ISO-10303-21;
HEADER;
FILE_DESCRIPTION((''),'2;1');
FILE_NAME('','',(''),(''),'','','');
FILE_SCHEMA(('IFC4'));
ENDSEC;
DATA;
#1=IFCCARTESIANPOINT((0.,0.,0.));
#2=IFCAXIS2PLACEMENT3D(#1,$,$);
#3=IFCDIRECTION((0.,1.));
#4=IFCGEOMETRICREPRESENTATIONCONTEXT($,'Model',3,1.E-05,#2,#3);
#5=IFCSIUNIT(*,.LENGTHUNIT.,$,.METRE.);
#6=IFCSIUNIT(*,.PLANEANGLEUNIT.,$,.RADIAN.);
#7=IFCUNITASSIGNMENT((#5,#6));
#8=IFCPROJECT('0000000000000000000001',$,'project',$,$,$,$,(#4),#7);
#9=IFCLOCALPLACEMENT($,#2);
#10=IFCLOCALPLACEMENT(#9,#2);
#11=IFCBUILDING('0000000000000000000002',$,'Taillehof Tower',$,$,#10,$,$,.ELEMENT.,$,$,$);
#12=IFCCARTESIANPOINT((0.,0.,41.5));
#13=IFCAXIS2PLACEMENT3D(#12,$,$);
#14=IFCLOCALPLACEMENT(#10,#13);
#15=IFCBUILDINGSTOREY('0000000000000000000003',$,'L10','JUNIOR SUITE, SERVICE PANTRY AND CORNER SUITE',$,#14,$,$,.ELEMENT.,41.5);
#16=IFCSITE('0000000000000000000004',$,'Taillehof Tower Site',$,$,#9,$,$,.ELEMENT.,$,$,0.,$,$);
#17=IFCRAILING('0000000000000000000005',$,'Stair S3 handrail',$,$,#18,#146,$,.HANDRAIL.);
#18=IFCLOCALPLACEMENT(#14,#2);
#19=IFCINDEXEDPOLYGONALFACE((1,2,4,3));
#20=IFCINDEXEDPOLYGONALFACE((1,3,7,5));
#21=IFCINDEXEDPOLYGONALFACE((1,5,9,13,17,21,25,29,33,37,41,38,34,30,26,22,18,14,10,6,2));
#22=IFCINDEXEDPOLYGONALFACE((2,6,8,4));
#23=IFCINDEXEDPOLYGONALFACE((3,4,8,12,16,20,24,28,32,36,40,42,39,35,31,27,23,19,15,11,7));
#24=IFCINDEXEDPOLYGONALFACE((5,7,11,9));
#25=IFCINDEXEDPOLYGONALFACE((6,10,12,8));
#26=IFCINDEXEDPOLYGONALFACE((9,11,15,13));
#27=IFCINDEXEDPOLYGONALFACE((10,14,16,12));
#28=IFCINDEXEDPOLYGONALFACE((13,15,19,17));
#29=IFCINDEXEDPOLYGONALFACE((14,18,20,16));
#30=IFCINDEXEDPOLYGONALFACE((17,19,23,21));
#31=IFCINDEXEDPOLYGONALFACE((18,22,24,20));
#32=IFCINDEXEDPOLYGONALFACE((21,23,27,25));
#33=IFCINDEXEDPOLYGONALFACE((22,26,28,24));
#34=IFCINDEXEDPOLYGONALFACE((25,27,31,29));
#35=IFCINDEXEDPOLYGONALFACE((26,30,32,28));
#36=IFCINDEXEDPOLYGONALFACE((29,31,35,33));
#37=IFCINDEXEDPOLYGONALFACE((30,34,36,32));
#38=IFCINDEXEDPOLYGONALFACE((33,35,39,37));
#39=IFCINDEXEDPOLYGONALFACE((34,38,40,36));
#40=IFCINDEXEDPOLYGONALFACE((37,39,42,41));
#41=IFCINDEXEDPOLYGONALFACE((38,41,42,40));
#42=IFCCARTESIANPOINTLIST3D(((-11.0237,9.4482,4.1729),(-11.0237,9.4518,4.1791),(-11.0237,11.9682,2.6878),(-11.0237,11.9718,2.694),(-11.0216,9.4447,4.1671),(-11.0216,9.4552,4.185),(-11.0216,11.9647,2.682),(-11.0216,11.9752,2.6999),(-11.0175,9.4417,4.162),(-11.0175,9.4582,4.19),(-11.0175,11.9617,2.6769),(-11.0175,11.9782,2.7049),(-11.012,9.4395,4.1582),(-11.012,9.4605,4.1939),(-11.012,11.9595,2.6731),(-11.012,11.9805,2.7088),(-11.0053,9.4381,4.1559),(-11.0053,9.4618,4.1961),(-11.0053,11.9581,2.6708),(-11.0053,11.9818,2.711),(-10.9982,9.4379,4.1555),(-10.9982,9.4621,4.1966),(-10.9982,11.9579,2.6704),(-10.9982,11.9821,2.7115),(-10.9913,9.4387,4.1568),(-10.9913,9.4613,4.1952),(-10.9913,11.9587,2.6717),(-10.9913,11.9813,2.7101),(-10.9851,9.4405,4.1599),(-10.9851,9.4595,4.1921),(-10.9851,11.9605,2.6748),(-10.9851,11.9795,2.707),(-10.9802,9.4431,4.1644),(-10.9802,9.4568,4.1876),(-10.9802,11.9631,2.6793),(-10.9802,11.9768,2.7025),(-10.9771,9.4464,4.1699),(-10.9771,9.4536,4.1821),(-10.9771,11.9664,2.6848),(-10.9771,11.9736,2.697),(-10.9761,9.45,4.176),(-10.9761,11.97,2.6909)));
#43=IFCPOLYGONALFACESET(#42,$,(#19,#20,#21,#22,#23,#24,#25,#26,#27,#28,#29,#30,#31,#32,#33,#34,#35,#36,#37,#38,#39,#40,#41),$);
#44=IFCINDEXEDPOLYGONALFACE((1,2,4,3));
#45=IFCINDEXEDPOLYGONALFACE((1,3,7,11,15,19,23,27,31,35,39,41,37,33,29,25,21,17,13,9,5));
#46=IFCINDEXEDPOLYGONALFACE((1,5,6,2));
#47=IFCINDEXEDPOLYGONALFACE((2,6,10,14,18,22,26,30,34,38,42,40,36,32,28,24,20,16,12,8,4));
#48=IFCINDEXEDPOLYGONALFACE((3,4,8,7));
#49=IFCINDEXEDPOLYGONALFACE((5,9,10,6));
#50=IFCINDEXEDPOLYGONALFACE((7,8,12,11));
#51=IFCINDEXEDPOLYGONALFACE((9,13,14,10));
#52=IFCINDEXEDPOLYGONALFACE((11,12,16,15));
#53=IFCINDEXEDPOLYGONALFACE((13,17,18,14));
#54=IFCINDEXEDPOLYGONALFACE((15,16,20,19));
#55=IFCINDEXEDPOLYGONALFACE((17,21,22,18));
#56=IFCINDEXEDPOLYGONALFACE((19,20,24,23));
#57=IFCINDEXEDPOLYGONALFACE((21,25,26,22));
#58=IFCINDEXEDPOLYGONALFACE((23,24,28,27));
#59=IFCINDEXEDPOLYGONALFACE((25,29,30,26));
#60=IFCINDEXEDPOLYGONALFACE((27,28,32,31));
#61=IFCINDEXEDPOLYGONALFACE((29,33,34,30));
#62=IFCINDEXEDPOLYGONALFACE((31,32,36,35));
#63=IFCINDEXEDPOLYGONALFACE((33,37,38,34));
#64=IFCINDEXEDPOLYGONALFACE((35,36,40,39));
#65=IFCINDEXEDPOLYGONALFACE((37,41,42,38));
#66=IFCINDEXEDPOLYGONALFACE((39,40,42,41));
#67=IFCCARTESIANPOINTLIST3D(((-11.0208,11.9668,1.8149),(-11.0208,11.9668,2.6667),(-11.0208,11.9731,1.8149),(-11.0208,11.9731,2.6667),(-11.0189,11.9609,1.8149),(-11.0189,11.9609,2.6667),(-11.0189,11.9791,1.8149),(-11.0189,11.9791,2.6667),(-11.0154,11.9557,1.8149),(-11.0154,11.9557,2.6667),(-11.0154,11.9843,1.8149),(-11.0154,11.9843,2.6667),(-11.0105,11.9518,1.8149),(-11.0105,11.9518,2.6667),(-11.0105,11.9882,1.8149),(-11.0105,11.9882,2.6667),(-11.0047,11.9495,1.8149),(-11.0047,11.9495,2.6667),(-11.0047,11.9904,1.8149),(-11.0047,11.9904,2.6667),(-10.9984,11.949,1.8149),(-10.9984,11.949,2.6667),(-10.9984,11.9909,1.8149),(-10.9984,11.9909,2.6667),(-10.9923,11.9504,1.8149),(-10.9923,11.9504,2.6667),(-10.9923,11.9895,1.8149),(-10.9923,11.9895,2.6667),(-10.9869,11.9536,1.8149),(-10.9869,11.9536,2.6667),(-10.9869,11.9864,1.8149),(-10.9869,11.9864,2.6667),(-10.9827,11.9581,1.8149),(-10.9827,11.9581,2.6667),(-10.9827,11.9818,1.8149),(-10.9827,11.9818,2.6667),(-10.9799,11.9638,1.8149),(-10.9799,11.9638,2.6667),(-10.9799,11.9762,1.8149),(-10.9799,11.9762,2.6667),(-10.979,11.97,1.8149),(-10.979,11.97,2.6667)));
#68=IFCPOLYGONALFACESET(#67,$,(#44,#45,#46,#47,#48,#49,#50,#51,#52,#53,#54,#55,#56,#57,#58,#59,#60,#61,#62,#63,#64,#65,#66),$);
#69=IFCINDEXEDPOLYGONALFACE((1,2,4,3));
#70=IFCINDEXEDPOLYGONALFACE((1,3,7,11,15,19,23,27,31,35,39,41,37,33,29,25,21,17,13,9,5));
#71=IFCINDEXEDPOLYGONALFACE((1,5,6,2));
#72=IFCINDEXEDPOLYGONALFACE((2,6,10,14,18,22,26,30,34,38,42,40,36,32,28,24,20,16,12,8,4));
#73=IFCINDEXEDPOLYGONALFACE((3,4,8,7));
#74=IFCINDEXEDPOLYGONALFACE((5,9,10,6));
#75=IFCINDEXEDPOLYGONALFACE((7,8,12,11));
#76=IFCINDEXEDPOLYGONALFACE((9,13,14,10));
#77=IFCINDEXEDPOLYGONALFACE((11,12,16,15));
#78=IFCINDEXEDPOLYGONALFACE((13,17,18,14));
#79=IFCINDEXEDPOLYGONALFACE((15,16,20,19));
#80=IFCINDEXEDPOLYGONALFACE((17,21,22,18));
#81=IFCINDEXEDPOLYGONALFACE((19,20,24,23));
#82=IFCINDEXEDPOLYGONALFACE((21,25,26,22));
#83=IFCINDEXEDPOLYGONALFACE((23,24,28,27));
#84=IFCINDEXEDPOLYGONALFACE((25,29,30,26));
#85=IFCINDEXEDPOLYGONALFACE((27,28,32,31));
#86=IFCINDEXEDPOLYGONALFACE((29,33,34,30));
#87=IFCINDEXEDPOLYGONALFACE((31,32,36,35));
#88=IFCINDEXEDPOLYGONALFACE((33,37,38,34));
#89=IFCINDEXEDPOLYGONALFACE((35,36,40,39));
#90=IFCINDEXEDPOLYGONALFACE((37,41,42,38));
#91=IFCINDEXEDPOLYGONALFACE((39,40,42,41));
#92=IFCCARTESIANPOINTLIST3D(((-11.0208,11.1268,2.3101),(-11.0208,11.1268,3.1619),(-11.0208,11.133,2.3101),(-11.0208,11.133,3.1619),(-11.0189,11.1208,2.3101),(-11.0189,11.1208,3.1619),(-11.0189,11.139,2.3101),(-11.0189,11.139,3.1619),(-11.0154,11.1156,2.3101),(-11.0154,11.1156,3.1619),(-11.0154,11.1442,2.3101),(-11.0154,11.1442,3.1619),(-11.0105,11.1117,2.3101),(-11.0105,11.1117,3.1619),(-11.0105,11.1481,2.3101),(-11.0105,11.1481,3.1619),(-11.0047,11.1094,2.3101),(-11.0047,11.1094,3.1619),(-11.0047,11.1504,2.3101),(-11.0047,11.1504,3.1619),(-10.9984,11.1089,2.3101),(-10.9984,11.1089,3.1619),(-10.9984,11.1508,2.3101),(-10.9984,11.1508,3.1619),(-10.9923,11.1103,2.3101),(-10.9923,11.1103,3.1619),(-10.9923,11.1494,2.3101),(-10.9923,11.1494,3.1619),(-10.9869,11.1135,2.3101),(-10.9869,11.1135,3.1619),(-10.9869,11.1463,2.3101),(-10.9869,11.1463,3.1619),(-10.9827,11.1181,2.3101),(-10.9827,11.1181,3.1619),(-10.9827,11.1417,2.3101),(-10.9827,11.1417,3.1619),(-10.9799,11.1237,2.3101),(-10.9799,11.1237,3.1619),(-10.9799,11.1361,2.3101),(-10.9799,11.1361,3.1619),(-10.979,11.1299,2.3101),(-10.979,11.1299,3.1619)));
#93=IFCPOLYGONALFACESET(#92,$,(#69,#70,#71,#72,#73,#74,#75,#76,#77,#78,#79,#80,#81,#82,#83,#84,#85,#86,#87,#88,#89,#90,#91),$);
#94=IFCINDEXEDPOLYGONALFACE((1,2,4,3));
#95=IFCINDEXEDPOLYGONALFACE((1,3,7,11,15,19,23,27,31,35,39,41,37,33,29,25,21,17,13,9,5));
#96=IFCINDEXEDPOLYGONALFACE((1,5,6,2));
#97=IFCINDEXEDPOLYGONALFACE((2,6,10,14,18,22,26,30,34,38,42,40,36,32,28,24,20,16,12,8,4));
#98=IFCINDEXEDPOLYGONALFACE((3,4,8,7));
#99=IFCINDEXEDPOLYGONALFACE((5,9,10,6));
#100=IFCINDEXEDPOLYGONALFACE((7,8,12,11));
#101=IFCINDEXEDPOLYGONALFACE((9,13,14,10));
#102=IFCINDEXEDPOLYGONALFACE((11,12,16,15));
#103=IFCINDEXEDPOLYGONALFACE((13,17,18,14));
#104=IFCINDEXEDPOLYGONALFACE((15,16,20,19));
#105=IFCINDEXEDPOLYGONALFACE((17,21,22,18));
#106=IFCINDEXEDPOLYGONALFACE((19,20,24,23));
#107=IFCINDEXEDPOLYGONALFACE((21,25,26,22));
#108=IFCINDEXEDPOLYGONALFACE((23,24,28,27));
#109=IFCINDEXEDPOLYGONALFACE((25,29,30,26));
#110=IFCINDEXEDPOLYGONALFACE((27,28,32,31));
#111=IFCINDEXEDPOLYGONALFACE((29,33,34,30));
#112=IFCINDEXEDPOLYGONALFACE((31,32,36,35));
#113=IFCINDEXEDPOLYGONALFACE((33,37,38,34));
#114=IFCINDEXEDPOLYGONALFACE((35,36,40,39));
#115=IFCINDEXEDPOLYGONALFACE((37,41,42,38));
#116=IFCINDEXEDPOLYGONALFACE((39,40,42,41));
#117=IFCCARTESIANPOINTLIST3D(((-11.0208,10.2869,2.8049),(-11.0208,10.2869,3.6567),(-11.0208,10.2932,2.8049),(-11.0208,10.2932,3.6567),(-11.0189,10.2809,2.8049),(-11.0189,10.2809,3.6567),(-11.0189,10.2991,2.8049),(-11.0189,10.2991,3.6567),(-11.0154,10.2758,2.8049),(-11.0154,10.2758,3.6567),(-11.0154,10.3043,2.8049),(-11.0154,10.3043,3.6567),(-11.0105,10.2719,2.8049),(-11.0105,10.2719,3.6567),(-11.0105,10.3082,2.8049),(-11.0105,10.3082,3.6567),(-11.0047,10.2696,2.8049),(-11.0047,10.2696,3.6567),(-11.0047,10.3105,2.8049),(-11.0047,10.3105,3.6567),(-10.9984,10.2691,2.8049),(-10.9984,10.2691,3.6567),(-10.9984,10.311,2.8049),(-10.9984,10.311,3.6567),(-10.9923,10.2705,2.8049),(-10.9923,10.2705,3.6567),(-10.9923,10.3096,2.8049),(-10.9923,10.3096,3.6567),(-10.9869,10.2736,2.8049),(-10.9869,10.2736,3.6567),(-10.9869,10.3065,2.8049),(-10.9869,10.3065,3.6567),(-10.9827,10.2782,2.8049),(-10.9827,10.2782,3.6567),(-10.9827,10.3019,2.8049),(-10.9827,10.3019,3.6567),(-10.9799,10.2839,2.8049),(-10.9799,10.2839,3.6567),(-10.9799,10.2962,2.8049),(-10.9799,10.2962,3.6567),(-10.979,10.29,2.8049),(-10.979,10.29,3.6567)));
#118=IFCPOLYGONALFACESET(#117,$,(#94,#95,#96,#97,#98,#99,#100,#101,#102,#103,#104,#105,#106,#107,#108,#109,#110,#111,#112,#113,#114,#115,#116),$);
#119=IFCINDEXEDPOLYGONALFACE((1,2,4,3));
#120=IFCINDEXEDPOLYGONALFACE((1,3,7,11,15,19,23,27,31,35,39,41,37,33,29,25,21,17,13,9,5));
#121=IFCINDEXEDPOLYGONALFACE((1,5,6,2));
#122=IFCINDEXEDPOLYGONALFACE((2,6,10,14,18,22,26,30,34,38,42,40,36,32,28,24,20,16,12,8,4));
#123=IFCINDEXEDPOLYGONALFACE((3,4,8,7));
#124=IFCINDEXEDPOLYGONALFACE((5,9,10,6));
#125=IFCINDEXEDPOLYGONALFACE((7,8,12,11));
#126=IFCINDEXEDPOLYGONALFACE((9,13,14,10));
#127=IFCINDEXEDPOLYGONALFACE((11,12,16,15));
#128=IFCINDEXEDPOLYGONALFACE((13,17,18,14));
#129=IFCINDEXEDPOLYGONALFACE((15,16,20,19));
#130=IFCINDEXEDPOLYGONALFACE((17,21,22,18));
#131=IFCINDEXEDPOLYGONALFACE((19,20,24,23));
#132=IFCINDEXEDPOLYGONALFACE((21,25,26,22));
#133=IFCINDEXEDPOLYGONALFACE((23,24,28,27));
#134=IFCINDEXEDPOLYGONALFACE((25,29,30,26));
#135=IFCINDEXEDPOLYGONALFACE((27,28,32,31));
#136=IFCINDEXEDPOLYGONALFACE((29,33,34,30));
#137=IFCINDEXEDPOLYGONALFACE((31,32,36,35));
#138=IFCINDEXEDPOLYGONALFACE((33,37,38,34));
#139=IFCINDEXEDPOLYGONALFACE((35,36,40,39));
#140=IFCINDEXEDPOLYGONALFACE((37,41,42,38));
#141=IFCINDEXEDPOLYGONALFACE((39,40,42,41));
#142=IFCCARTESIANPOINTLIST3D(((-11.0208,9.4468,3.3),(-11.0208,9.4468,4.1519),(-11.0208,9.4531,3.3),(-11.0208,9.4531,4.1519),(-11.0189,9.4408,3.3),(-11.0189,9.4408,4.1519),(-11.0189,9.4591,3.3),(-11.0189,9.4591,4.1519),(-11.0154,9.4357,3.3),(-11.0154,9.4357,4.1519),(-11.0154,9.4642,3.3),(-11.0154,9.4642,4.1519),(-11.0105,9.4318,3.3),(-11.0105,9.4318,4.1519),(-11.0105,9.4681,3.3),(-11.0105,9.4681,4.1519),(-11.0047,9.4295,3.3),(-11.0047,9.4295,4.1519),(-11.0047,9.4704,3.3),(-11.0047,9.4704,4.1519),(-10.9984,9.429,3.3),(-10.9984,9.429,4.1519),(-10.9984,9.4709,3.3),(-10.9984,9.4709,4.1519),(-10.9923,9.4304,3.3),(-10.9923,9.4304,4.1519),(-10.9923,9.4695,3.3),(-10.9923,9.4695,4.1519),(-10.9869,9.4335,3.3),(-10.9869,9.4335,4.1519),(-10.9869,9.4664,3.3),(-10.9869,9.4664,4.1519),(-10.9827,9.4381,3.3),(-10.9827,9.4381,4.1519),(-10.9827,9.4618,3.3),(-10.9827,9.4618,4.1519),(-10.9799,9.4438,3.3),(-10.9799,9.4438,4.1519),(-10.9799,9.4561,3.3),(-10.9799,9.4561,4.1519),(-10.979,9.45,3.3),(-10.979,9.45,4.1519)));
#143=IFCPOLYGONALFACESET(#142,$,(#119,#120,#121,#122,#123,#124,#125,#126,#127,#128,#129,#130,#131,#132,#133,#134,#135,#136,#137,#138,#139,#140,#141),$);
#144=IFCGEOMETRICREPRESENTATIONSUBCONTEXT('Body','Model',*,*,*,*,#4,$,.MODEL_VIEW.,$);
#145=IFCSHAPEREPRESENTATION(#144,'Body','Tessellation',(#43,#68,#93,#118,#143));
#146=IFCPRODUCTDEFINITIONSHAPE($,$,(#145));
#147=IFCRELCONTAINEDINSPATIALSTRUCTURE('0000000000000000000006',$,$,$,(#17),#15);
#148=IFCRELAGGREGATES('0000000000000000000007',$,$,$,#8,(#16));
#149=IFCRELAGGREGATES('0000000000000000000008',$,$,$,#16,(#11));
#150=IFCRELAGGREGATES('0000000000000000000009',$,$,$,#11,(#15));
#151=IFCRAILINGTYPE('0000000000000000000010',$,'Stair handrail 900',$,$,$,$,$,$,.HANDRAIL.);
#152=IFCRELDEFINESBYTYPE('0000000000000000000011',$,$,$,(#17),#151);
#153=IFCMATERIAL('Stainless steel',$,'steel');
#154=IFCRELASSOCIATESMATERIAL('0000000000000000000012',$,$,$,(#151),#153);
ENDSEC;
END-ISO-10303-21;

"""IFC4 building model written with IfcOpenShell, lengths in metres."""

from ifc_helpers import new_model, si_unit, direction, frame, origin, origin_2d, place, context, subcontext, project, spatial, circle, extrude, material, type_object, element, save


model = new_model("IFC4")

# Units and contexts
model_context = context("Model", 3, precision=1e-05, world=origin(), true_north=direction((0.0, 1.0)))
body_context = subcontext(model_context, "Body", "Model", "MODEL_VIEW")
ifc_project = project(units=[si_unit("LENGTHUNIT", "METRE"), si_unit("PLANEANGLEUNIT", "RADIAN")], contexts=[model_context])

# Site, building, storey
site_placement = place(None, origin())
site = spatial("IfcSite", under=ifc_project, at=site_placement, Name="Taillehof Tower Site", CompositionType="ELEMENT", RefElevation=0.0)
building_placement = place(site_placement, origin())
building = spatial("IfcBuilding", under=site, at=building_placement, Name="Taillehof Tower", CompositionType="ELEMENT")
storey_placement = place(building_placement, frame((0.0, 0.0, 41.5)))
storey = spatial("IfcBuildingStorey", under=building, at=storey_placement, Name="L10", Description="JUNIOR SUITE, SERVICE PANTRY AND CORNER SUITE", CompositionType="ELEMENT", Elevation=41.5)

# Railing
ifc_material_1 = material(Name="Stainless steel", Category="steel")
railing_type = type_object("IfcRailingType", Name="Stair handrail 900", PredefinedType="HANDRAIL", material=ifc_material_1)
railing_1_placement = place(storey_placement, frame((-11.0, 11.97, 1.8149)))
element("IfcRailing", 1, at=railing_1_placement, inside=storey, type_object=railing_type, Name="Stair S3 handrail", PredefinedType="HANDRAIL", context=body_context, shape_type="SweptSolid", body=[
    extrude(circle(Radius=0.0239, at=origin_2d()), frame((0.0, 0.0, 0.876), z_axis=(0.0, -0.861524, 0.507717), x_axis=(1.0, 0.0, 0.0)), (0.0, 0.0, 1.0), 2.925),
    extrude(circle(Radius=0.021, at=origin_2d()), origin(), (0.0, 0.0, 1.0), 0.8518),
    extrude(circle(Radius=0.021, at=origin_2d()), frame((0.0, -0.8401, 0.4951)), (0.0, 0.0, 1.0), 0.8518),
    extrude(circle(Radius=0.021, at=origin_2d()), frame((0.0, -1.6799, 0.99)), (0.0, 0.0, 1.0), 0.8518),
    extrude(circle(Radius=0.021, at=origin_2d()), frame((0.0, -2.52, 1.4851)), (0.0, 0.0, 1.0), 0.8518),
])

save(model, "model.ifc")
